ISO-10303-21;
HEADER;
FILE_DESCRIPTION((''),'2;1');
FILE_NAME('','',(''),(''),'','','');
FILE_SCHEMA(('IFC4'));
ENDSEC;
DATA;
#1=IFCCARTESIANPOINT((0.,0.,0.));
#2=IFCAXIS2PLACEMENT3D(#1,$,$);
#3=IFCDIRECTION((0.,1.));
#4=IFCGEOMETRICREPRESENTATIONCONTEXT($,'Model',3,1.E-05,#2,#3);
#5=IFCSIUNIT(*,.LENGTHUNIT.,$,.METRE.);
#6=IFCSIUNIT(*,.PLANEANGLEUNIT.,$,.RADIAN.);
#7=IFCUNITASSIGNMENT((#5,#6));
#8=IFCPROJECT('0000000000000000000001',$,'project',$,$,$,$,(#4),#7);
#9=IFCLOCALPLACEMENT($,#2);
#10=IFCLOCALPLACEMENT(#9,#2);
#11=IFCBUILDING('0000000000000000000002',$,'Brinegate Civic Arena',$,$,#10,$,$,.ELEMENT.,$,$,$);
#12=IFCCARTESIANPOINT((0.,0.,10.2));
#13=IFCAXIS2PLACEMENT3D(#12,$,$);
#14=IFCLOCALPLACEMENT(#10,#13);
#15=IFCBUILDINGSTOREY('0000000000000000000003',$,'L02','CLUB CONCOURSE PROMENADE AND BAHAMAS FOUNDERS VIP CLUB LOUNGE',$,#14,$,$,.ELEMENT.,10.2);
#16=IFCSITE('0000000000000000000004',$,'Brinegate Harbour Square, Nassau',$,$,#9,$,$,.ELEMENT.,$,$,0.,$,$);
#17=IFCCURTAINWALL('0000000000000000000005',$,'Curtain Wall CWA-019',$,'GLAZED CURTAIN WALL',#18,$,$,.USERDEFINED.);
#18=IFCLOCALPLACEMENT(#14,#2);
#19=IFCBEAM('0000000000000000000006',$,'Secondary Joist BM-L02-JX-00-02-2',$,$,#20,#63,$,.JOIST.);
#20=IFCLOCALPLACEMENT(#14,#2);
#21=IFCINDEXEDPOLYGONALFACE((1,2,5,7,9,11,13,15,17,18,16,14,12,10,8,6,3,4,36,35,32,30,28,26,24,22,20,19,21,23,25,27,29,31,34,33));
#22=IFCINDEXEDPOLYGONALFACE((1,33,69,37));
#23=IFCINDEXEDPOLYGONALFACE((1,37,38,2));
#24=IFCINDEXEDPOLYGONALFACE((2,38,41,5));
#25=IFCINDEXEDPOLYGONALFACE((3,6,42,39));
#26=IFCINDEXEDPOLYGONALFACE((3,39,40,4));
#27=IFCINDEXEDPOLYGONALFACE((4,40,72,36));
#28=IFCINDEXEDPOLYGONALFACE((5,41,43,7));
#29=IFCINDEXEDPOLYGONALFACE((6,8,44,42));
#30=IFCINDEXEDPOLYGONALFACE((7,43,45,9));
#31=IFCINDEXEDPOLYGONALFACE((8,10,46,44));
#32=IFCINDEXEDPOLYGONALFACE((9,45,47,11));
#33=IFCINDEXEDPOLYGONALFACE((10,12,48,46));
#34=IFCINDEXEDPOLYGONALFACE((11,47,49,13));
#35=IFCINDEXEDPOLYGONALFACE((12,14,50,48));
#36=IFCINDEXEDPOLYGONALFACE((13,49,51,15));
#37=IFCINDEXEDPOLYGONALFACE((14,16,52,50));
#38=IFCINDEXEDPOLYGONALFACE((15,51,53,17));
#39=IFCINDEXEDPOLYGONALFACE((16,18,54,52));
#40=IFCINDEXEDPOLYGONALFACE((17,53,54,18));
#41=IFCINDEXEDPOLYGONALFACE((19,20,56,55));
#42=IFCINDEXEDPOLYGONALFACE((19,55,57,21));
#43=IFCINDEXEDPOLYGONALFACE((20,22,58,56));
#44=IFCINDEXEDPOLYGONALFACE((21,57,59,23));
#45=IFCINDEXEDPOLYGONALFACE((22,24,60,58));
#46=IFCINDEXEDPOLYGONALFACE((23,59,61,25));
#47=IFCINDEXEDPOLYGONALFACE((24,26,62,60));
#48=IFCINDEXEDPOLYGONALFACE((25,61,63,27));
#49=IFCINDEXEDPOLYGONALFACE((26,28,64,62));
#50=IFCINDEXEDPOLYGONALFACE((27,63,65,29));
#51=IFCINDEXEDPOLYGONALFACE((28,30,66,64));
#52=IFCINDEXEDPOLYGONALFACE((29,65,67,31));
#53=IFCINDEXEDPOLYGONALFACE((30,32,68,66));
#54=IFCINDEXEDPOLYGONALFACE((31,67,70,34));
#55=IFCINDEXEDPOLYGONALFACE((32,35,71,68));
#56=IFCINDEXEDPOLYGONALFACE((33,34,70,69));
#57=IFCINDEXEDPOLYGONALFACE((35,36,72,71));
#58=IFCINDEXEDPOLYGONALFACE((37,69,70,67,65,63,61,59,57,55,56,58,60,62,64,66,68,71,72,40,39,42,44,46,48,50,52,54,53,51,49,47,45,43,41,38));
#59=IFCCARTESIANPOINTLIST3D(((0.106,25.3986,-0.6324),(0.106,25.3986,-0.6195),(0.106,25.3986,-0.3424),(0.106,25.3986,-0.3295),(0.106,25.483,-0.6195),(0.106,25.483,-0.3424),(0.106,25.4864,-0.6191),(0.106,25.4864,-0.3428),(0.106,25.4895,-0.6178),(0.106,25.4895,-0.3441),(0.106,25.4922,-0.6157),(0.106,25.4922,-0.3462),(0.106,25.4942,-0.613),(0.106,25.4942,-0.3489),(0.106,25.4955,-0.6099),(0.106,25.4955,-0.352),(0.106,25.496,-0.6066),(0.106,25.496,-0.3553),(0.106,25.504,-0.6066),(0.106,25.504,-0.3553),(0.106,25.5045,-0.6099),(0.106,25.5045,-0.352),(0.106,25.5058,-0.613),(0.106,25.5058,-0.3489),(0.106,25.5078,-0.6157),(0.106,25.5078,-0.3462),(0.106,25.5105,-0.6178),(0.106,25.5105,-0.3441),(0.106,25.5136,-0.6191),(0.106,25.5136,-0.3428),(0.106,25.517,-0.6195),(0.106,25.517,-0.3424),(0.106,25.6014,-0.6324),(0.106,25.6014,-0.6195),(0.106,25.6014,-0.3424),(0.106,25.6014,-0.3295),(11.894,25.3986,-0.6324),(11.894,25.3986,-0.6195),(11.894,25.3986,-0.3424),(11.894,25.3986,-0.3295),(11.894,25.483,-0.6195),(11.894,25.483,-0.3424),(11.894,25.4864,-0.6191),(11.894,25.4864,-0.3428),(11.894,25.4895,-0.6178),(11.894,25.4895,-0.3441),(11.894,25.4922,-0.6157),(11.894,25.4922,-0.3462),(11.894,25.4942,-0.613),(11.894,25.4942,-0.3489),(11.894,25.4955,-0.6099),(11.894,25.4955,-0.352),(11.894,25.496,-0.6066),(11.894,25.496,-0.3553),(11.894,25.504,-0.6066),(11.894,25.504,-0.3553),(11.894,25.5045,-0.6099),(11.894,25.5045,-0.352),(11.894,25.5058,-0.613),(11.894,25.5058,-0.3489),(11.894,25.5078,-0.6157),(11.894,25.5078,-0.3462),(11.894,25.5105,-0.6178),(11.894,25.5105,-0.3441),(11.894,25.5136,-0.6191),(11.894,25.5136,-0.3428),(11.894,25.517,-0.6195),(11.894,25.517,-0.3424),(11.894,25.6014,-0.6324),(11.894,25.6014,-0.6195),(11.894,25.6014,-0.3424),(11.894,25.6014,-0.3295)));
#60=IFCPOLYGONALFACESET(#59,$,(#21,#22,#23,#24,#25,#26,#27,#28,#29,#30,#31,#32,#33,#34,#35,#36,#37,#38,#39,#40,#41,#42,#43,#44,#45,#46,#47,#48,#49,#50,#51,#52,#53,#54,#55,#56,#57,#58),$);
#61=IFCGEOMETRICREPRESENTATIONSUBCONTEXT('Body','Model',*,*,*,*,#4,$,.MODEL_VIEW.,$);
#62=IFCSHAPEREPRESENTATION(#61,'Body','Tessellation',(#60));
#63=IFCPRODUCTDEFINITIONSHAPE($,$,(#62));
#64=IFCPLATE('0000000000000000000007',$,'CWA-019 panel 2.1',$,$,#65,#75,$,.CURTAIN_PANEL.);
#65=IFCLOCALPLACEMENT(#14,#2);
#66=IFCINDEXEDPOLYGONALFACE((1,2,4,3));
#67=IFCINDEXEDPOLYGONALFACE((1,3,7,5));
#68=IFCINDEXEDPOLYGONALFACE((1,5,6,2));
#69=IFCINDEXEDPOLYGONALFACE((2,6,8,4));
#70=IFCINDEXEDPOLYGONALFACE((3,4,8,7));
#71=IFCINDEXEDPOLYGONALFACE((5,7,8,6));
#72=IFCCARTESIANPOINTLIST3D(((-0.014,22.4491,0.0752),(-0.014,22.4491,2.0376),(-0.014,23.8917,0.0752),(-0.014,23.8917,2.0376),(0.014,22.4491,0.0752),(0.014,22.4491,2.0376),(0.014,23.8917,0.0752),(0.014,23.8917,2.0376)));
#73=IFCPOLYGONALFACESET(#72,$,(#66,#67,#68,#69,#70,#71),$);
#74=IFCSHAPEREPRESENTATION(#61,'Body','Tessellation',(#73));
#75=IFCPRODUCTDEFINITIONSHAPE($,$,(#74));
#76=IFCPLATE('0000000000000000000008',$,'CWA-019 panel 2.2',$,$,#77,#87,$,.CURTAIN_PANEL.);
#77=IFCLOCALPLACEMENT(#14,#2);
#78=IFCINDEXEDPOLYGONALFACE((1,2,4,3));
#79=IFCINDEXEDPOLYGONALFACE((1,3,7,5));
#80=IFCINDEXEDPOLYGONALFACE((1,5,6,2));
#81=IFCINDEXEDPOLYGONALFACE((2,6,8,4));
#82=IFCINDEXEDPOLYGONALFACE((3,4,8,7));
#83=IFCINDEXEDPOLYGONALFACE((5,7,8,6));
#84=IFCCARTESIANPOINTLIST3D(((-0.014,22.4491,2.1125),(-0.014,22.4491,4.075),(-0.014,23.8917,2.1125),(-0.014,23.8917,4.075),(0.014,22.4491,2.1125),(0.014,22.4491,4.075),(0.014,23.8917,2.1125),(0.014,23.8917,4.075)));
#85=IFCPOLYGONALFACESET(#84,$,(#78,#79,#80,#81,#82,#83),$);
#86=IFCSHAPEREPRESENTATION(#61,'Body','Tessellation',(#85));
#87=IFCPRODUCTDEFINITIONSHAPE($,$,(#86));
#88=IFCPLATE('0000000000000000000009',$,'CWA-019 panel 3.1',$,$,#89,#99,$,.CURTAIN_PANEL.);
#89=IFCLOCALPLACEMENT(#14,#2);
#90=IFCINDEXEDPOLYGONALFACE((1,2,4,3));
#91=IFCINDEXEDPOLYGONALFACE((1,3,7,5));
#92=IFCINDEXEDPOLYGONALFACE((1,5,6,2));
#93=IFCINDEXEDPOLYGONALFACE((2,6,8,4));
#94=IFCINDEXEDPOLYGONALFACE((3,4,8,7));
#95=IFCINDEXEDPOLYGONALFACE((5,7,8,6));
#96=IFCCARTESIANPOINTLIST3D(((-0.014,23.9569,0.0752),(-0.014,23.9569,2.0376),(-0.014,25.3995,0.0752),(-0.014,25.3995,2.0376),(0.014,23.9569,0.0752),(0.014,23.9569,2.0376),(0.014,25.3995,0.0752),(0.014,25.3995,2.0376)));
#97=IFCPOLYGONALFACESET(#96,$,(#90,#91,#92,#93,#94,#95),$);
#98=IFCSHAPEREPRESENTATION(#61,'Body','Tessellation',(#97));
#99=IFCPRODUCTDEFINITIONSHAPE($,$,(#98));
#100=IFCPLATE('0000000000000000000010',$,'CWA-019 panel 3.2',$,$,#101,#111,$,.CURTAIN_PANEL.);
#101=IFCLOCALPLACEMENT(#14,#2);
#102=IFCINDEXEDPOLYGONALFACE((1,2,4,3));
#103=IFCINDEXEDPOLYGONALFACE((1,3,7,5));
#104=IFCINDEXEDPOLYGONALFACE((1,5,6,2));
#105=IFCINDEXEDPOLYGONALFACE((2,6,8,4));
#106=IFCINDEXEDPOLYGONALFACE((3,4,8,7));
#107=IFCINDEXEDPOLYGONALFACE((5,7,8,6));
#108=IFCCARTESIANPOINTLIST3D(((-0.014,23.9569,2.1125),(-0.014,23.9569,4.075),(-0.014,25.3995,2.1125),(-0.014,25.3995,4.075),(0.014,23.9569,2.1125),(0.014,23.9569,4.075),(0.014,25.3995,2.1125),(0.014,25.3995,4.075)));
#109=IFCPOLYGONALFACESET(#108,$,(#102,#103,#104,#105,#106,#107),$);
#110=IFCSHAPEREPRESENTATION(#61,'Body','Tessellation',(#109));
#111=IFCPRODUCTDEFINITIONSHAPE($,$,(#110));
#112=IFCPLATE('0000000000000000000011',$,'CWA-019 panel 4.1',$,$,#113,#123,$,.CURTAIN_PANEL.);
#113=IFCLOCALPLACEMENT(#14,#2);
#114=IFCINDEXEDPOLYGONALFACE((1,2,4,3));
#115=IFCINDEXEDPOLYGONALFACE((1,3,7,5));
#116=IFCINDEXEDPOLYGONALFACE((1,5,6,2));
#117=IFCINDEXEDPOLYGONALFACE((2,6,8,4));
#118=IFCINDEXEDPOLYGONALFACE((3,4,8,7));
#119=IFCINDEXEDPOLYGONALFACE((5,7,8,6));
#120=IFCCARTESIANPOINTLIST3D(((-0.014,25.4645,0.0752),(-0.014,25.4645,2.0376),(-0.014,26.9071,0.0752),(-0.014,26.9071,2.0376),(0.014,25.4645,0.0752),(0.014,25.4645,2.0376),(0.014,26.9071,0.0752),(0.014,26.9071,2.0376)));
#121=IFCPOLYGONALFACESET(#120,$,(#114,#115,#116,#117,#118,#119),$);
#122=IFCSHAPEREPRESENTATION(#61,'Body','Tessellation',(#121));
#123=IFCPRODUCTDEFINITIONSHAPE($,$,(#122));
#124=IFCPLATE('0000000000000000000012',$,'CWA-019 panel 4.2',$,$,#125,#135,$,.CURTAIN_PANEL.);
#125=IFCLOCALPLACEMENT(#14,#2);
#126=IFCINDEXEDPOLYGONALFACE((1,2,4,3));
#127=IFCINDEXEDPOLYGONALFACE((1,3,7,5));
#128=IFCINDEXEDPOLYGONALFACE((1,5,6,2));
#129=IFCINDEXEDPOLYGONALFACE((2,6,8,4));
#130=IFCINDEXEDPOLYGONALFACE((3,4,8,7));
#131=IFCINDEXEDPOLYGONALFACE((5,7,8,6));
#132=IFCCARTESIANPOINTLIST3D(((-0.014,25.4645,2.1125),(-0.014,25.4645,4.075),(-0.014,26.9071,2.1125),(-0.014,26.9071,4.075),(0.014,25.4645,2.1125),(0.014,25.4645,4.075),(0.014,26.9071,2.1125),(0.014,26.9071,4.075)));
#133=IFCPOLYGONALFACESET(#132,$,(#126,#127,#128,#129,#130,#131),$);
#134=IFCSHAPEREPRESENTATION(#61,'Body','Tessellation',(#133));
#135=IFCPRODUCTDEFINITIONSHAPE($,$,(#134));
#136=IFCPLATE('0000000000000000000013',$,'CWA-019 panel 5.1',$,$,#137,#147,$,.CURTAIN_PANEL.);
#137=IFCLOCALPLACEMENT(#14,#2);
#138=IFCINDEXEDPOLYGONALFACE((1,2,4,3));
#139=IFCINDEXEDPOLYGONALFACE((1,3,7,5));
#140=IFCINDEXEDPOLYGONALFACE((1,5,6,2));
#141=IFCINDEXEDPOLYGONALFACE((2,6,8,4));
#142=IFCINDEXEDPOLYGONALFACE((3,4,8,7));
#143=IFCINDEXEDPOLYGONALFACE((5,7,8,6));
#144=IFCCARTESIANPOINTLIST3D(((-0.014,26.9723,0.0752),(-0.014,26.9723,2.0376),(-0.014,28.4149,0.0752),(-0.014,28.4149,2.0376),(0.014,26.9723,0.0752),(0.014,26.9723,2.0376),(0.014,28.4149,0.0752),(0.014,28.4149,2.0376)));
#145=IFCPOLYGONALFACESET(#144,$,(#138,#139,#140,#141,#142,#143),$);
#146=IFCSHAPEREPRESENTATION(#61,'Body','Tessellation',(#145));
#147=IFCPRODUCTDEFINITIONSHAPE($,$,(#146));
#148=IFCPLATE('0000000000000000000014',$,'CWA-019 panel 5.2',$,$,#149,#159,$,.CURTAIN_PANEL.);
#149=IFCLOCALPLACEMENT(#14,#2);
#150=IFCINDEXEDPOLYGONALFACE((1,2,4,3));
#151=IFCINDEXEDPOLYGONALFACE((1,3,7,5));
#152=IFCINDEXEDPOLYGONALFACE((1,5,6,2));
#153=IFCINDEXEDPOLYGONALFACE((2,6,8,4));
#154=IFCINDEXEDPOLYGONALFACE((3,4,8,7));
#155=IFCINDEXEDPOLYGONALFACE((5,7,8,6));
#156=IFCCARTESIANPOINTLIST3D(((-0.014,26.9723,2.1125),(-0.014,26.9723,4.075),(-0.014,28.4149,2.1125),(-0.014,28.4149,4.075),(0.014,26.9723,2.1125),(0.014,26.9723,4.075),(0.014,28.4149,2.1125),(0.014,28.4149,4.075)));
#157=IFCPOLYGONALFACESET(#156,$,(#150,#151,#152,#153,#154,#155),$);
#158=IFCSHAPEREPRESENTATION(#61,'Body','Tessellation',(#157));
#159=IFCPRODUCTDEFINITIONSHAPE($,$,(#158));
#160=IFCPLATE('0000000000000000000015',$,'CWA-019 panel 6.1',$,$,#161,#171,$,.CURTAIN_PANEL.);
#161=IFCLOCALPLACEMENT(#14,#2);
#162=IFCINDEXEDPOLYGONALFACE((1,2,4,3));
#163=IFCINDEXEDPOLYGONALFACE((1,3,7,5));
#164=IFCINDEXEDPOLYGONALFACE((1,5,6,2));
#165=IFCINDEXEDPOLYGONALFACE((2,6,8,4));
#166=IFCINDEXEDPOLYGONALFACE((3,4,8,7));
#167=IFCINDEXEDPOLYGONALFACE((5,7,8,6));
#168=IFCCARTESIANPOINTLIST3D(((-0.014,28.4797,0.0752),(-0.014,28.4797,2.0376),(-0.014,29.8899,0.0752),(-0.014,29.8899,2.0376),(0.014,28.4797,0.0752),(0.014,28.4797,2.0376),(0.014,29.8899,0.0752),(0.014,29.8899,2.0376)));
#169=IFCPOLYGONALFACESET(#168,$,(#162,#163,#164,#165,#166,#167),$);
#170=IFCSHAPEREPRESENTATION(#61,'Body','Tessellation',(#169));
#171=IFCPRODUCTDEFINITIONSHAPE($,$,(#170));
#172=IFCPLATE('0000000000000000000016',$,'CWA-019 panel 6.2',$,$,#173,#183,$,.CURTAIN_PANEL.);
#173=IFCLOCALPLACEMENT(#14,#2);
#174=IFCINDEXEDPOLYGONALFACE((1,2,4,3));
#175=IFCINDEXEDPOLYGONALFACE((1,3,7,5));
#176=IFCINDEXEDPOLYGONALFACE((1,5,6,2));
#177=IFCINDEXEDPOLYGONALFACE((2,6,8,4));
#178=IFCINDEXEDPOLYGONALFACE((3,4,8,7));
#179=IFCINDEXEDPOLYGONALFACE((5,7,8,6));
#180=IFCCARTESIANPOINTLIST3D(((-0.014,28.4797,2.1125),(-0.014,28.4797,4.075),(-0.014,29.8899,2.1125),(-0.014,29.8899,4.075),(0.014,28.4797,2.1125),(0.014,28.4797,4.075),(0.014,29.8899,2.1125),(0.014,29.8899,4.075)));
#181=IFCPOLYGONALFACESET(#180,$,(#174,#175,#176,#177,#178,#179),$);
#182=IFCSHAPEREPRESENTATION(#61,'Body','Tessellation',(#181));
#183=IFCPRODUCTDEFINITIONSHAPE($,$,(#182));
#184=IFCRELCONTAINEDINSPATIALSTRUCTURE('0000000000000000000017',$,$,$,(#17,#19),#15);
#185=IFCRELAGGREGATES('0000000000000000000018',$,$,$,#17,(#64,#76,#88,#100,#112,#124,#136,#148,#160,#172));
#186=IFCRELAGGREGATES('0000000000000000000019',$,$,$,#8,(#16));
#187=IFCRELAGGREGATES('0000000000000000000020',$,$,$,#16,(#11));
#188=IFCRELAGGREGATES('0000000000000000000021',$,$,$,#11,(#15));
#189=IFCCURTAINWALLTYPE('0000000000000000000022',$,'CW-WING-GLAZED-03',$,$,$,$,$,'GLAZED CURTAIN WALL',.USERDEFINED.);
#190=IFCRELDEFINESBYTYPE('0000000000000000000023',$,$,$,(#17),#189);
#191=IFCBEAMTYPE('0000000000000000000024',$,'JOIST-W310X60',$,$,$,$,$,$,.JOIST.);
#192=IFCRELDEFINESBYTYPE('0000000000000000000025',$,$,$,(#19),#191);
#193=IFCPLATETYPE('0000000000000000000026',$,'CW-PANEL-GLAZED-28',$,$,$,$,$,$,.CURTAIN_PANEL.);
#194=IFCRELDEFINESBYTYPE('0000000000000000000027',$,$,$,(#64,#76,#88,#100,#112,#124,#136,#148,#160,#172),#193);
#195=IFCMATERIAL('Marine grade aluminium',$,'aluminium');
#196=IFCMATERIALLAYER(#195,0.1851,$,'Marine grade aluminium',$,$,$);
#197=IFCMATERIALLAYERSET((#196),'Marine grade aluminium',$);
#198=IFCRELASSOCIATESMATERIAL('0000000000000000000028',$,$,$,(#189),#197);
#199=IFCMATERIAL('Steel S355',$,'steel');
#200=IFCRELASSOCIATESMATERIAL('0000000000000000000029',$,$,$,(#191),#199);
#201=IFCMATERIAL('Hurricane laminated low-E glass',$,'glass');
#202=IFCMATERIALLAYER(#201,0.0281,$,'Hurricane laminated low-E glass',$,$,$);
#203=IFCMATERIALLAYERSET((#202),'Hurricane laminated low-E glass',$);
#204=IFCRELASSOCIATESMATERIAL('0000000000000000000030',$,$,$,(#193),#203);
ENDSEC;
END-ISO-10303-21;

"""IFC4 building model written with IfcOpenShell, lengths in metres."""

from ifc_helpers import new_model, si_unit, direction, frame, origin, origin_2d, place, context, subcontext, project, spatial, rectangle, i_section, extrude, material, layer, layer_set, material_profile, profile_set, type_object, element, aggregate, save


model = new_model("IFC4")

# Units and contexts
model_context = context("Model", 3, precision=1e-05, world=origin(), true_north=direction((0.0, 1.0)))
body_context = subcontext(model_context, "Body", "Model", "MODEL_VIEW")
ifc_project = project(units=[si_unit("LENGTHUNIT", "METRE"), si_unit("PLANEANGLEUNIT", "RADIAN")], contexts=[model_context])

# Site, building, storey
site_placement = place(None, origin())
site = spatial("IfcSite", under=ifc_project, at=site_placement, Name="Brinegate Harbour Square, Nassau", CompositionType="ELEMENT", RefElevation=0.0)
building_placement = place(site_placement, origin())
building = spatial("IfcBuilding", under=site, at=building_placement, Name="Brinegate Civic Arena", CompositionType="ELEMENT")
storey_placement = place(building_placement, frame((0.0, 0.0, 10.2)))
storey = spatial("IfcBuildingStorey", under=building, at=storey_placement, Name="L02", Description="CLUB CONCOURSE PROMENADE AND BAHAMAS FOUNDERS VIP CLUB LOUNGE", CompositionType="ELEMENT", Elevation=10.2)

# Curtain wall
ifc_material_1 = material(Name="Marine grade aluminium", Category="aluminium")
ifc_layer_1 = layer(ifc_material_1, 0.1851, Name="Marine grade aluminium")
ifc_layer_set_1 = layer_set([ifc_layer_1], Name="Marine grade aluminium")
curtain_wall_type = type_object("IfcCurtainWallType", Name="CW-WING-GLAZED-03", ElementType="GLAZED CURTAIN WALL", PredefinedType="USERDEFINED", material=ifc_layer_set_1)
curtain_wall_placement = place(storey_placement, origin())
curtain_wall = element("IfcCurtainWall", 1, at=curtain_wall_placement, inside=storey, type_object=curtain_wall_type, Name="Curtain Wall CWA-019", ObjectType="GLAZED CURTAIN WALL", PredefinedType="USERDEFINED")

# Beam
ifc_material_2 = material(Name="Steel S355", Category="steel")
ifc_material_profile_1 = material_profile(ifc_material_2, i_section(OverallWidth=0.2029, OverallDepth=0.303, WebThickness=0.0081, FlangeThickness=0.0129, FilletRadius=0.0129, at=origin_2d()), Name="W310X60")
ifc_profile_set_1 = profile_set([ifc_material_profile_1], Name="Steel S355")
beam_type_1 = type_object("IfcBeamType", Name="JOIST-W310X60", PredefinedType="JOIST", material=ifc_profile_set_1)
beam_1_placement = place(storey_placement, frame((0.106, 25.5, -0.481), z_axis=(1.0, 0.0, 0.0), x_axis=(0.0, 1.0, 0.0)))
element("IfcBeam", 2, at=beam_1_placement, inside=storey, type_object=beam_type_1, Name="Secondary Joist BM-L02-JX-00-02-2", PredefinedType="JOIST", context=body_context, shape_type="SweptSolid", body=[
    extrude(i_section(OverallWidth=0.2029, OverallDepth=0.303, WebThickness=0.0081, FlangeThickness=0.0129, FilletRadius=0.0129, at=origin_2d()), origin(), (0.0, 0.0, 1.0), 11.7881),
])

# Plates
ifc_material_3 = material(Name="Hurricane laminated low-E glass", Category="glass")
ifc_layer_2 = layer(ifc_material_3, 0.0281, Name="Hurricane laminated low-E glass")
ifc_layer_set_2 = layer_set([ifc_layer_2], Name="Hurricane laminated low-E glass")
plate_type = type_object("IfcPlateType", Name="CW-PANEL-GLAZED-28", PredefinedType="CURTAIN_PANEL", material=ifc_layer_set_2)
plate_1_placement = place(storey_placement, frame((0.0, 23.1704, 0.0752), z_axis=(0.0, 0.0, 1.0), x_axis=(0.0, 1.0, 0.0)))
plate_1 = element("IfcPlate", 3, at=plate_1_placement, type_object=plate_type, Name="CWA-019 panel 2.1", PredefinedType="CURTAIN_PANEL", context=body_context, shape_type="SweptSolid", body=[
    extrude(rectangle(XDim=1.4426, YDim=0.0281, at=origin_2d()), origin(), (0.0, 0.0, 1.0), 1.9624),
])
plate_2_placement = place(storey_placement, frame((0.0, 23.1704, 2.1125), z_axis=(0.0, 0.0, 1.0), x_axis=(0.0, 1.0, 0.0)))
plate_2 = element("IfcPlate", 4, at=plate_2_placement, type_object=plate_type, Name="CWA-019 panel 2.2", PredefinedType="CURTAIN_PANEL", context=body_context, shape_type="SweptSolid", body=[
    extrude(rectangle(XDim=1.4426, YDim=0.0281, at=origin_2d()), origin(), (0.0, 0.0, 1.0), 1.9624),
])
plate_3_placement = place(storey_placement, frame((0.0, 24.6782, 0.0752), z_axis=(0.0, 0.0, 1.0), x_axis=(0.0, 1.0, 0.0)))
plate_3 = element("IfcPlate", 5, at=plate_3_placement, type_object=plate_type, Name="CWA-019 panel 3.1", PredefinedType="CURTAIN_PANEL", context=body_context, shape_type="SweptSolid", body=[
    extrude(rectangle(XDim=1.4426, YDim=0.0281, at=origin_2d()), origin(), (0.0, 0.0, 1.0), 1.9624),
])
plate_4_placement = place(storey_placement, frame((0.0, 24.6782, 2.1125), z_axis=(0.0, 0.0, 1.0), x_axis=(0.0, 1.0, 0.0)))
plate_4 = element("IfcPlate", 6, at=plate_4_placement, type_object=plate_type, Name="CWA-019 panel 3.2", PredefinedType="CURTAIN_PANEL", context=body_context, shape_type="SweptSolid", body=[
    extrude(rectangle(XDim=1.4426, YDim=0.0281, at=origin_2d()), origin(), (0.0, 0.0, 1.0), 1.9624),
])
plate_5_placement = place(storey_placement, frame((0.0, 26.1858, 0.0752), z_axis=(0.0, 0.0, 1.0), x_axis=(0.0, 1.0, 0.0)))
plate_5 = element("IfcPlate", 7, at=plate_5_placement, type_object=plate_type, Name="CWA-019 panel 4.1", PredefinedType="CURTAIN_PANEL", context=body_context, shape_type="SweptSolid", body=[
    extrude(rectangle(XDim=1.4426, YDim=0.0281, at=origin_2d()), origin(), (0.0, 0.0, 1.0), 1.9624),
])
plate_6_placement = place(storey_placement, frame((0.0, 26.1858, 2.1125), z_axis=(0.0, 0.0, 1.0), x_axis=(0.0, 1.0, 0.0)))
plate_6 = element("IfcPlate", 8, at=plate_6_placement, type_object=plate_type, Name="CWA-019 panel 4.2", PredefinedType="CURTAIN_PANEL", context=body_context, shape_type="SweptSolid", body=[
    extrude(rectangle(XDim=1.4426, YDim=0.0281, at=origin_2d()), origin(), (0.0, 0.0, 1.0), 1.9624),
])
plate_7_placement = place(storey_placement, frame((0.0, 27.6936, 0.0752), z_axis=(0.0, 0.0, 1.0), x_axis=(0.0, 1.0, 0.0)))
plate_7 = element("IfcPlate", 9, at=plate_7_placement, type_object=plate_type, Name="CWA-019 panel 5.1", PredefinedType="CURTAIN_PANEL", context=body_context, shape_type="SweptSolid", body=[
    extrude(rectangle(XDim=1.4426, YDim=0.0281, at=origin_2d()), origin(), (0.0, 0.0, 1.0), 1.9624),
])
plate_8_placement = place(storey_placement, frame((0.0, 27.6936, 2.1125), z_axis=(0.0, 0.0, 1.0), x_axis=(0.0, 1.0, 0.0)))
plate_8 = element("IfcPlate", 10, at=plate_8_placement, type_object=plate_type, Name="CWA-019 panel 5.2", PredefinedType="CURTAIN_PANEL", context=body_context, shape_type="SweptSolid", body=[
    extrude(rectangle(XDim=1.4426, YDim=0.0281, at=origin_2d()), origin(), (0.0, 0.0, 1.0), 1.9624),
])
plate_9_placement = place(storey_placement, frame((0.0, 29.1848, 0.0752), z_axis=(0.0, 0.0, 1.0), x_axis=(0.0, 1.0, 0.0)))
plate_9 = element("IfcPlate", 11, at=plate_9_placement, type_object=plate_type, Name="CWA-019 panel 6.1", PredefinedType="CURTAIN_PANEL", context=body_context, shape_type="SweptSolid", body=[
    extrude(rectangle(XDim=1.4102, YDim=0.0281, at=origin_2d()), origin(), (0.0, 0.0, 1.0), 1.9624),
])
plate_10_placement = place(storey_placement, frame((0.0, 29.1848, 2.1125), z_axis=(0.0, 0.0, 1.0), x_axis=(0.0, 1.0, 0.0)))
plate_10 = element("IfcPlate", 12, at=plate_10_placement, type_object=plate_type, Name="CWA-019 panel 6.2", PredefinedType="CURTAIN_PANEL", context=body_context, shape_type="SweptSolid", body=[
    extrude(rectangle(XDim=1.4102, YDim=0.0281, at=origin_2d()), origin(), (0.0, 0.0, 1.0), 1.9624),
])
aggregate(curtain_wall, [plate_1, plate_2, plate_3, plate_4, plate_5, plate_6, plate_7, plate_8, plate_9, plate_10])

save(model, "model.ifc")
